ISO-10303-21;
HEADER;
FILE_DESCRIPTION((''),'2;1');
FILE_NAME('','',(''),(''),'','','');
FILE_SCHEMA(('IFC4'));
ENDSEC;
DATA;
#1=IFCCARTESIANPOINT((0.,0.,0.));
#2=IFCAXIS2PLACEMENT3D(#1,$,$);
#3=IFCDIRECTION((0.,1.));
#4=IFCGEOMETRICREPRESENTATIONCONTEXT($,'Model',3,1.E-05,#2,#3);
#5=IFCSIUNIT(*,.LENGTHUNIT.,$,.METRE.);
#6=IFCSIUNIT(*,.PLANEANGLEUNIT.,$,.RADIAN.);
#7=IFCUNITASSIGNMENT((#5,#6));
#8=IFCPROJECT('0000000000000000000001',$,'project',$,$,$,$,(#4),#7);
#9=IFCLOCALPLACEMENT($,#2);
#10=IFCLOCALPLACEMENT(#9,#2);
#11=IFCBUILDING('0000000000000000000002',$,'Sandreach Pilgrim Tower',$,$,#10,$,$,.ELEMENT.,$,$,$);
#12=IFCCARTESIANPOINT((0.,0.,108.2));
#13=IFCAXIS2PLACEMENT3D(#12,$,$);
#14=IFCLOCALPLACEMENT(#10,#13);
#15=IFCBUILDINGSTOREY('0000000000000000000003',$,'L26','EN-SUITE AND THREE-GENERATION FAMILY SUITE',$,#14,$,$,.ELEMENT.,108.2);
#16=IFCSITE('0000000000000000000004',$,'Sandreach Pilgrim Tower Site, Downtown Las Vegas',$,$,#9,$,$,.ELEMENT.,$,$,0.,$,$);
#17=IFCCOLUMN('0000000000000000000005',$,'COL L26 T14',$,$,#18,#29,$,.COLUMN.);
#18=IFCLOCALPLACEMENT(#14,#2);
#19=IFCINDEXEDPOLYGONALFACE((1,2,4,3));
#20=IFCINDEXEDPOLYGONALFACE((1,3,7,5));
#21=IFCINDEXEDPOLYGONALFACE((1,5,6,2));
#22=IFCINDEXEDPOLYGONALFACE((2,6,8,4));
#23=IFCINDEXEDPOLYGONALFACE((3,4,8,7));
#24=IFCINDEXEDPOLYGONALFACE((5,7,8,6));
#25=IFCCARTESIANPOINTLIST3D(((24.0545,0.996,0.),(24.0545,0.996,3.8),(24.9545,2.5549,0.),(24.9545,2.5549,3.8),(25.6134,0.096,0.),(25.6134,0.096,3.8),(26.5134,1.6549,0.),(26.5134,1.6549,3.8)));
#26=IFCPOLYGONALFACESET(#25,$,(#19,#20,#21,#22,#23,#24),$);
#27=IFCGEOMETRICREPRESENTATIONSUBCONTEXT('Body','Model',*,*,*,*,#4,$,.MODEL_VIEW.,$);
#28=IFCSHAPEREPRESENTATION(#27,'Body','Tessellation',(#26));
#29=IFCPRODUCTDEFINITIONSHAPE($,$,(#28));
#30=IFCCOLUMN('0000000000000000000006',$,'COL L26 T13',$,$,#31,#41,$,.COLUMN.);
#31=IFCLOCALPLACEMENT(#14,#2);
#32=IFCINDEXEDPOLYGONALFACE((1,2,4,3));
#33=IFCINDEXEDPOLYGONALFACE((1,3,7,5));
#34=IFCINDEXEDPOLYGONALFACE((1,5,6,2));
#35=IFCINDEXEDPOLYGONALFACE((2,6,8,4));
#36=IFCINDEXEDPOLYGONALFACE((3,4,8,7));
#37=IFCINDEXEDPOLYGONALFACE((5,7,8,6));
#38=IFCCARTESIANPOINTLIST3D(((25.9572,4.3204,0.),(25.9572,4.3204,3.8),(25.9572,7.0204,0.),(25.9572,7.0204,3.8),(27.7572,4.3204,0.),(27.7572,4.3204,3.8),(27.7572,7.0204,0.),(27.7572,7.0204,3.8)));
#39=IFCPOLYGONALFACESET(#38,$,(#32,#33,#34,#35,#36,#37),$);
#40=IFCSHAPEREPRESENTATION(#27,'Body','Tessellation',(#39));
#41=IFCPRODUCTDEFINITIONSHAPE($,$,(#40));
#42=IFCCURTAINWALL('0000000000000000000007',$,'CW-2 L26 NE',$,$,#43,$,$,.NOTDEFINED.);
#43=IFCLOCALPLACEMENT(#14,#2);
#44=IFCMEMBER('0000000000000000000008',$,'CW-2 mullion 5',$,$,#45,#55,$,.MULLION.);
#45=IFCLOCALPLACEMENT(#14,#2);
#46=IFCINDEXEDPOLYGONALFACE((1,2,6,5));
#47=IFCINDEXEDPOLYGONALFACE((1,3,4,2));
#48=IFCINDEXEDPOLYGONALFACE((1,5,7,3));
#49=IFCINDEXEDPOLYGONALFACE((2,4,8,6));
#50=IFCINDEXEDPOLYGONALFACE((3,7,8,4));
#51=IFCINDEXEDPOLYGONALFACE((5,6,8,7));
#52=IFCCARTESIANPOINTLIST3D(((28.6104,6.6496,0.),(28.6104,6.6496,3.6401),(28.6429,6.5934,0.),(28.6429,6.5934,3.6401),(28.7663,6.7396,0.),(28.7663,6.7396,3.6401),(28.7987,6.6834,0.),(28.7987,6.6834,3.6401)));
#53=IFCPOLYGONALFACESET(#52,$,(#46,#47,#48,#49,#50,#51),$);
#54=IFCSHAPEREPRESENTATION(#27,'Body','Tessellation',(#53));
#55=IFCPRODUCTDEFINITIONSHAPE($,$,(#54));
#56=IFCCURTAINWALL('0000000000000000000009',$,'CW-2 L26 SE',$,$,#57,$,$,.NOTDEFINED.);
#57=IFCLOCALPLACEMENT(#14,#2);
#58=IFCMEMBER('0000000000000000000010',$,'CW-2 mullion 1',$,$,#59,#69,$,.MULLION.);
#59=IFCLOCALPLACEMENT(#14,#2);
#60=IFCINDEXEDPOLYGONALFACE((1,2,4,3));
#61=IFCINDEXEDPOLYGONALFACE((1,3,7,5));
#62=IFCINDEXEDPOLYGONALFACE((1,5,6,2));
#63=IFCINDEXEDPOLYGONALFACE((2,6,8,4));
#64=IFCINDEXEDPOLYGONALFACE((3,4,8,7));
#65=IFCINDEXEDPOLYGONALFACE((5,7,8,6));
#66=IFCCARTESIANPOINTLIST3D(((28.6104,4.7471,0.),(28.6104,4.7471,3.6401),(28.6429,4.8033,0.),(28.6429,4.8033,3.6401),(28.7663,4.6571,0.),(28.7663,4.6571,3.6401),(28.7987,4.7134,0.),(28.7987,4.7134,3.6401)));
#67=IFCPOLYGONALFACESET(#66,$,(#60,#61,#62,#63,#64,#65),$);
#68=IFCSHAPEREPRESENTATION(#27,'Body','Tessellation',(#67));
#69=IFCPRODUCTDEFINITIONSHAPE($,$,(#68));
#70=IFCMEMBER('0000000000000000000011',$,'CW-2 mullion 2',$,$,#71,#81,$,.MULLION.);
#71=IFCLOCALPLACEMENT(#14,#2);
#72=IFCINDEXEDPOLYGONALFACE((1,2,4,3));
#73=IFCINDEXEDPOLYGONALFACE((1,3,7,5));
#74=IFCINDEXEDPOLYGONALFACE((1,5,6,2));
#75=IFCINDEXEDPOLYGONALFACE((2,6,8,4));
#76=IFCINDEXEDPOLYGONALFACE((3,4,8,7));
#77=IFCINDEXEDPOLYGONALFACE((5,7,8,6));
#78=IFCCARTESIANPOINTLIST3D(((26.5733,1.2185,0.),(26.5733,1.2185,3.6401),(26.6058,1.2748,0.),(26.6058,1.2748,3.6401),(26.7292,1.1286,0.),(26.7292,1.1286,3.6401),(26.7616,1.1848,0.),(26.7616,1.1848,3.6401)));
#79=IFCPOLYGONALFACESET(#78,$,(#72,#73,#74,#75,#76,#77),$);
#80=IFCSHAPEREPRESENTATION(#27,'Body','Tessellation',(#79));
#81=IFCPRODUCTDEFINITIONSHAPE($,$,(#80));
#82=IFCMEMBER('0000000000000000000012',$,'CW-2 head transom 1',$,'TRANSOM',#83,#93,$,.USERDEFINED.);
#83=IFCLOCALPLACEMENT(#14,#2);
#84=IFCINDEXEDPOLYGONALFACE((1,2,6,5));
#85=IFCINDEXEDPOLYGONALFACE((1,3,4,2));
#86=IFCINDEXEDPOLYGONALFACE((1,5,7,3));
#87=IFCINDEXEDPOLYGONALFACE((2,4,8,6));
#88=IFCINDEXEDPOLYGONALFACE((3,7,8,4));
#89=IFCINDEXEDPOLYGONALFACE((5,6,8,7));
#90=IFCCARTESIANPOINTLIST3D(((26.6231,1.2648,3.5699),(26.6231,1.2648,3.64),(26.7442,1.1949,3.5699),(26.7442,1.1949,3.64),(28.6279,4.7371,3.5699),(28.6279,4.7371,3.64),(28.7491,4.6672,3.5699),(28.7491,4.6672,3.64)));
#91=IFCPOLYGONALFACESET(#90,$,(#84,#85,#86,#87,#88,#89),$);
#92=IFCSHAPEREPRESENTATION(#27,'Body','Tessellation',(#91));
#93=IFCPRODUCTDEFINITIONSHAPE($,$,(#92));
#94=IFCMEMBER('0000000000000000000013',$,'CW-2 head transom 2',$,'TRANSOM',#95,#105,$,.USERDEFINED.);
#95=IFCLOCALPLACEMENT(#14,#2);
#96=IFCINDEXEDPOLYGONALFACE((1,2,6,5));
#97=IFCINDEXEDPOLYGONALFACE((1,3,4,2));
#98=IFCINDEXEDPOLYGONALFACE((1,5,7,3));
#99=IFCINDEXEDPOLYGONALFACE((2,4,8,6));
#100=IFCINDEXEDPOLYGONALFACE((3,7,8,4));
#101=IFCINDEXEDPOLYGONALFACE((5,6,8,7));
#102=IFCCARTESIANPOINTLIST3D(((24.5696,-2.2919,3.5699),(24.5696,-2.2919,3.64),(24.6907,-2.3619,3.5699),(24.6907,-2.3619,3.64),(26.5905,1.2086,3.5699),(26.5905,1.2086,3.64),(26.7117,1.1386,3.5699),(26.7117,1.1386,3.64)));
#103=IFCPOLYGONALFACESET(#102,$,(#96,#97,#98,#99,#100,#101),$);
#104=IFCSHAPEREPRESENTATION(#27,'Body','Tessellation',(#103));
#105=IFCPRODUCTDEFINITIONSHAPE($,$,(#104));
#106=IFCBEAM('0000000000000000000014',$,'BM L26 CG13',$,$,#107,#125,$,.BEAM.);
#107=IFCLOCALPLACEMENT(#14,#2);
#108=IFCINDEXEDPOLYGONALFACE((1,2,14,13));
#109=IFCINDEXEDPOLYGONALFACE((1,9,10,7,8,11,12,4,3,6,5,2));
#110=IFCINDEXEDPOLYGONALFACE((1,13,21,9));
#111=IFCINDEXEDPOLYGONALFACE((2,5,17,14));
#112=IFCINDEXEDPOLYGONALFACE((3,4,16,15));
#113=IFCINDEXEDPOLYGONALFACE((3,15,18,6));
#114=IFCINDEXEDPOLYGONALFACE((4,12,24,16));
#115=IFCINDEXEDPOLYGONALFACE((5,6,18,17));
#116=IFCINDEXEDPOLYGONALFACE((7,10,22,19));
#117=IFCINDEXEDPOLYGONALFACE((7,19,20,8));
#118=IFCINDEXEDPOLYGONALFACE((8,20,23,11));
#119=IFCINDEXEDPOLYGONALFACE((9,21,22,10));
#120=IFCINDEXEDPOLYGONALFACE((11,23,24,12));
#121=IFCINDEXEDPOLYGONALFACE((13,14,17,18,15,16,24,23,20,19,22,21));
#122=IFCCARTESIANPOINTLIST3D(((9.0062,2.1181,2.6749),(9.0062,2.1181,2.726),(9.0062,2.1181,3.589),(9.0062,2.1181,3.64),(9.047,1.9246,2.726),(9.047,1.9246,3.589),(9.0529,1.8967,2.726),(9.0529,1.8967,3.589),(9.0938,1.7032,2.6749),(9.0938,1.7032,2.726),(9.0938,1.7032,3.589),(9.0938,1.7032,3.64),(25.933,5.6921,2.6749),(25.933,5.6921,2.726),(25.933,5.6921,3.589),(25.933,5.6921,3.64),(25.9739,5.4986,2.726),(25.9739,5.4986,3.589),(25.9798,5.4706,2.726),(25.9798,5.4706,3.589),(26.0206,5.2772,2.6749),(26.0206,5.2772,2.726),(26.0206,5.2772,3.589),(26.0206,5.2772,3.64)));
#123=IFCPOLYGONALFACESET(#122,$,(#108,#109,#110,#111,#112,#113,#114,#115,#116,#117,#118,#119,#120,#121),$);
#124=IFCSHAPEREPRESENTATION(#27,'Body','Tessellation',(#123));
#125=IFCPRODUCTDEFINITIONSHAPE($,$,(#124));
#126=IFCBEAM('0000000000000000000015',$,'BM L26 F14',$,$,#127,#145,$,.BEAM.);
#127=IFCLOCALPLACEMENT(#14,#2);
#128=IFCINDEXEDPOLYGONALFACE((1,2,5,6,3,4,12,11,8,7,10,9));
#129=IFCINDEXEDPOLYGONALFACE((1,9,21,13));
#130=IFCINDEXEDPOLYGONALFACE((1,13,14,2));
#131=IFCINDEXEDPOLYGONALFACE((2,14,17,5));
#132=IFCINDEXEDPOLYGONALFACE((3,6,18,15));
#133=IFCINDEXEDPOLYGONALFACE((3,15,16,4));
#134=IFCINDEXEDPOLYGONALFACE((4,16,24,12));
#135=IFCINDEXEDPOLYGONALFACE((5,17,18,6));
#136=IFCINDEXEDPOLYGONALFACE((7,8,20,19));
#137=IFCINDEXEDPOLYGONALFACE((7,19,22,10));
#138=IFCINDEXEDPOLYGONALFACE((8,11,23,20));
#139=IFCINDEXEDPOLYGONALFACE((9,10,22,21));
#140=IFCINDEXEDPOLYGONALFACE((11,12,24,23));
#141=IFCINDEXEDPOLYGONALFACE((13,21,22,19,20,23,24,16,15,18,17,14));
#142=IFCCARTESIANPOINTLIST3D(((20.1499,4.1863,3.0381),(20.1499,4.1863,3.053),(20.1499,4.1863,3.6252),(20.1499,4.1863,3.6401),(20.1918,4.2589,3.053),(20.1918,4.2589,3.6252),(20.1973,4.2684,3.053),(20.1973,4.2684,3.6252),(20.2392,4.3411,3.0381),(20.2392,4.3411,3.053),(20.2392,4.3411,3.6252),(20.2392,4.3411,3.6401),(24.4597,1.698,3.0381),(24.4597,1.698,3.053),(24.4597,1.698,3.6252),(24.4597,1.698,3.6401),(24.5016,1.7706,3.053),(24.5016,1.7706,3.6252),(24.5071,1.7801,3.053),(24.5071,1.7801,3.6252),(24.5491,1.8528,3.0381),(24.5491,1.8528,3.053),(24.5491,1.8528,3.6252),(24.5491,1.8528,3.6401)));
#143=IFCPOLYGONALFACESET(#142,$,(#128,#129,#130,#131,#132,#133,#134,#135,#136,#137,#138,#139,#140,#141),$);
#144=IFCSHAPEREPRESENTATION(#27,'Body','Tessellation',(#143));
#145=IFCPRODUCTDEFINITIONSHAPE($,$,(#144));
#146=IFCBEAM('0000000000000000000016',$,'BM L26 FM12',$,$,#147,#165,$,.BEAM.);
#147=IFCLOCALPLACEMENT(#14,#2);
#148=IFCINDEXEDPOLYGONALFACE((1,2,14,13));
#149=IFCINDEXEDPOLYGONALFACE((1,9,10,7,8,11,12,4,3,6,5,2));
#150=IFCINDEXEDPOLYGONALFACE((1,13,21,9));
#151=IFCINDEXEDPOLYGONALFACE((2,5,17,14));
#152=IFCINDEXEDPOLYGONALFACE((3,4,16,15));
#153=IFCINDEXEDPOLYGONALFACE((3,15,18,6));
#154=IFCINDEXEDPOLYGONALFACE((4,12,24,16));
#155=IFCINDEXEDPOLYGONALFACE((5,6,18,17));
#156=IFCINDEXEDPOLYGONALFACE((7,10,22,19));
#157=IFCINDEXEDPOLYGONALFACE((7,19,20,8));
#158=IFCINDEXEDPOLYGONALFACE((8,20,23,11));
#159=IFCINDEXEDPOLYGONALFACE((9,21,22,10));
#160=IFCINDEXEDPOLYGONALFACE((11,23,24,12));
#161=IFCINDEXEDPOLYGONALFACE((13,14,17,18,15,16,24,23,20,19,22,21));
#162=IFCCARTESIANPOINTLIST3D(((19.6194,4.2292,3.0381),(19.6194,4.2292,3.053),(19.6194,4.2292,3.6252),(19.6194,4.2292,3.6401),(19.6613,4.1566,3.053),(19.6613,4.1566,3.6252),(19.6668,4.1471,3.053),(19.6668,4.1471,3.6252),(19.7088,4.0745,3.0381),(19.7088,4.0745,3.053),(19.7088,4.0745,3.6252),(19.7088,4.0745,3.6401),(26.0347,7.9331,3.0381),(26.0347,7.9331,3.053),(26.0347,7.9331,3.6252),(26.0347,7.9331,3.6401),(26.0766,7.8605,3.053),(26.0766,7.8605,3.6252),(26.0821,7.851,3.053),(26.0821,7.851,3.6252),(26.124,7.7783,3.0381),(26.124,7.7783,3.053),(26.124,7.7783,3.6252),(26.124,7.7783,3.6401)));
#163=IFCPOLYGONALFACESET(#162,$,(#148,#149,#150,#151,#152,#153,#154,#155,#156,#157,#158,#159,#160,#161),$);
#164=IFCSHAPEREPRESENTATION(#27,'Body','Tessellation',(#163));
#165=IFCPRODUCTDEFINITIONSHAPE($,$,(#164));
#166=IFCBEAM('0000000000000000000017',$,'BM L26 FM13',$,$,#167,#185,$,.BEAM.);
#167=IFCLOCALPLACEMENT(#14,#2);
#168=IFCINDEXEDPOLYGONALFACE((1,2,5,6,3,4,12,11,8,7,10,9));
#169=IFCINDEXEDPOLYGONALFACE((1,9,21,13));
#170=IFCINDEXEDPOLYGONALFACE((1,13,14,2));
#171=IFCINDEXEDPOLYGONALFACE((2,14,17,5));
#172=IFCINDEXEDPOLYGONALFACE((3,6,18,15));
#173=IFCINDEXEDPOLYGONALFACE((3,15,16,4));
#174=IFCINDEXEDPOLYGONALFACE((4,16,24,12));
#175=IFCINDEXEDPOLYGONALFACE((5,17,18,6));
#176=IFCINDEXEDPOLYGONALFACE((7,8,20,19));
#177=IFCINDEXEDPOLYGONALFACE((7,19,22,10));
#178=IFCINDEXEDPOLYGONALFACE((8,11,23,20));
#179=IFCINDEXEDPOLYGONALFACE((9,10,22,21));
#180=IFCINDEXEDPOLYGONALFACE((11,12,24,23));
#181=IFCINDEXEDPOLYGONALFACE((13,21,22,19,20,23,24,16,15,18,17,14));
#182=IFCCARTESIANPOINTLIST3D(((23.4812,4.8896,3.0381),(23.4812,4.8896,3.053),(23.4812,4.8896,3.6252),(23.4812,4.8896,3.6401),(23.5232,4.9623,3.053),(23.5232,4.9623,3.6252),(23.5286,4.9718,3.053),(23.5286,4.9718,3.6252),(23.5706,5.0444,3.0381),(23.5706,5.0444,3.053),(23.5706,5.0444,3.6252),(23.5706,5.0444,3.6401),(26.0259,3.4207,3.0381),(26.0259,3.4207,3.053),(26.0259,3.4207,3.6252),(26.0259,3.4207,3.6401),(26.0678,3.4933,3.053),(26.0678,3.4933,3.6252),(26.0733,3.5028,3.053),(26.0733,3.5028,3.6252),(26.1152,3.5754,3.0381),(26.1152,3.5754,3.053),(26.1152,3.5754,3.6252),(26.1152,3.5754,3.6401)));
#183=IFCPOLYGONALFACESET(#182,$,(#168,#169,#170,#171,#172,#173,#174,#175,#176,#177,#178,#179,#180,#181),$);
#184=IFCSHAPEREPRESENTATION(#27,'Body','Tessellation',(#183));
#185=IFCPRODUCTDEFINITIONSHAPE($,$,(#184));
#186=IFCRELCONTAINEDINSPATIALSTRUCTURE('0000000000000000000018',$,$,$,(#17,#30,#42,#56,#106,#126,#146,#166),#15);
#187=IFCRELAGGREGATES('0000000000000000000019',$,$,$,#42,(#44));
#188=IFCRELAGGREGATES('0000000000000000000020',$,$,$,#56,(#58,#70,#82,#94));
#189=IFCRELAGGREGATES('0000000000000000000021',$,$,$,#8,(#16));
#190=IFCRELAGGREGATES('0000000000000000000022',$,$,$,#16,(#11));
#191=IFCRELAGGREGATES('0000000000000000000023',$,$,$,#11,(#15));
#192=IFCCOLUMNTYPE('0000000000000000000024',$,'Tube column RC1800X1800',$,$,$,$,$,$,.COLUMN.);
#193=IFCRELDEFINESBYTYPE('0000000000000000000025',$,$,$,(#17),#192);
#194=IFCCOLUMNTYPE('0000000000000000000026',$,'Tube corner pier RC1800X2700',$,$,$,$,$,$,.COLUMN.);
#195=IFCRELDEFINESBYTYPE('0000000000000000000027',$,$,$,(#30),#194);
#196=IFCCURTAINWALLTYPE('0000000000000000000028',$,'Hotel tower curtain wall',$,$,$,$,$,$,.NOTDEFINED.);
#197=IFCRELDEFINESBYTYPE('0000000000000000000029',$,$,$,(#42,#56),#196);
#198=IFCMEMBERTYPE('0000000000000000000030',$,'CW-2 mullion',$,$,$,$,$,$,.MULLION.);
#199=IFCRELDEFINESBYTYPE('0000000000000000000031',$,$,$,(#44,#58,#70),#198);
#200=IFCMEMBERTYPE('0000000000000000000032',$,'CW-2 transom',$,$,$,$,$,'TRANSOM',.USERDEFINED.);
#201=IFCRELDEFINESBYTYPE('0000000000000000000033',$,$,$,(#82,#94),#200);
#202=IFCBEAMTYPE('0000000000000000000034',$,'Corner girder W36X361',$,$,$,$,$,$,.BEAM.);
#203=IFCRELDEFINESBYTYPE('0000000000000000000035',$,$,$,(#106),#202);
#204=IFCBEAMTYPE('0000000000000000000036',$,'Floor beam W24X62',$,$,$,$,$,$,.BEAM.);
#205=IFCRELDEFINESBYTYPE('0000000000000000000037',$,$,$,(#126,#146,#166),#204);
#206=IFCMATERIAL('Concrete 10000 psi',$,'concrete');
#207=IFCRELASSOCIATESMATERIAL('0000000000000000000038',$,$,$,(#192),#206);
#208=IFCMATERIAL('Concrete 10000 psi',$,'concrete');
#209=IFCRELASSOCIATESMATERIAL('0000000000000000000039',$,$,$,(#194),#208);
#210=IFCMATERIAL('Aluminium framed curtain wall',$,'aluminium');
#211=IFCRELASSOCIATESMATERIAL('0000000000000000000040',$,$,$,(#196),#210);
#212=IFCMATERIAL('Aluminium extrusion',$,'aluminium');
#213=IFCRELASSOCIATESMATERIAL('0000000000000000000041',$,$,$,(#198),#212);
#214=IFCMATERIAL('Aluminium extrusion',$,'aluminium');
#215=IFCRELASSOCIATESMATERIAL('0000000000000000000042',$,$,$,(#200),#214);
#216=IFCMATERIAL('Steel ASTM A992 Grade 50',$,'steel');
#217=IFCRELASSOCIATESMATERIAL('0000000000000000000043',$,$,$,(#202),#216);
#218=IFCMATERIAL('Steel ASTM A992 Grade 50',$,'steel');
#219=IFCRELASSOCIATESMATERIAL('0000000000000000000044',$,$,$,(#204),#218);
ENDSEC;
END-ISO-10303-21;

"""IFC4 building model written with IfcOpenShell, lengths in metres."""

from ifc_helpers import new_model, si_unit, direction, frame, origin, origin_2d, place, context, subcontext, project, spatial, rectangle, i_section, extrude, material, material_profile, profile_set, type_object, element, aggregate, save


model = new_model("IFC4")

# Units and contexts
model_context = context("Model", 3, precision=1e-05, world=origin(), true_north=direction((0.0, 1.0)))
body_context = subcontext(model_context, "Body", "Model", "MODEL_VIEW")
ifc_project = project(units=[si_unit("LENGTHUNIT", "METRE"), si_unit("PLANEANGLEUNIT", "RADIAN")], contexts=[model_context])

# Site, building, storey
site_placement = place(None, origin())
site = spatial("IfcSite", under=ifc_project, at=site_placement, Name="Sandreach Pilgrim Tower Site, Downtown Las Vegas", CompositionType="ELEMENT", RefElevation=0.0)
building_placement = place(site_placement, origin())
building = spatial("IfcBuilding", under=site, at=building_placement, Name="Sandreach Pilgrim Tower", CompositionType="ELEMENT")
storey_placement = place(building_placement, frame((0.0, 0.0, 108.2)))
storey = spatial("IfcBuildingStorey", under=building, at=storey_placement, Name="L26", Description="EN-SUITE AND THREE-GENERATION FAMILY SUITE", CompositionType="ELEMENT", Elevation=108.2)

# Columns
ifc_material_1 = material(Name="Concrete 10000 psi", Category="concrete")
ifc_material_profile_1 = material_profile(ifc_material_1, rectangle(XDim=1.8, YDim=1.8, at=origin_2d()), Name="RC1800X1800")
ifc_profile_set_1 = profile_set([ifc_material_profile_1], Name="Concrete 10000 psi")
column_type_1 = type_object("IfcColumnType", Name="Tube column RC1800X1800", PredefinedType="COLUMN", material=ifc_profile_set_1)
column_1_placement = place(storey_placement, frame((25.2839, 1.3254, 0.0), z_axis=(0.0, 0.0, 1.0), x_axis=(0.866025, -0.5, 0.0)))
element("IfcColumn", 1, at=column_1_placement, inside=storey, type_object=column_type_1, Name="COL L26 T14", PredefinedType="COLUMN", context=body_context, shape_type="SweptSolid", body=[
    extrude(rectangle(XDim=1.8, YDim=1.8, at=origin_2d()), origin(), (0.0, 0.0, 1.0), 3.8),
])
ifc_material_2 = material(Name="Concrete 10000 psi", Category="concrete")
ifc_material_profile_2 = material_profile(ifc_material_2, rectangle(XDim=1.8, YDim=2.7, at=origin_2d()), Name="RC1800X2700")
ifc_profile_set_2 = profile_set([ifc_material_profile_2], Name="Concrete 10000 psi")
column_type_2 = type_object("IfcColumnType", Name="Tube corner pier RC1800X2700", PredefinedType="COLUMN", material=ifc_profile_set_2)
column_2_placement = place(storey_placement, frame((26.8572, 5.6704, 0.0), z_axis=(0.0, 0.0, 1.0), x_axis=(1.0, 0.0, 0.0)))
element("IfcColumn", 2, at=column_2_placement, inside=storey, type_object=column_type_2, Name="COL L26 T13", PredefinedType="COLUMN", context=body_context, shape_type="SweptSolid", body=[
    extrude(rectangle(XDim=1.8, YDim=2.7, at=origin_2d()), origin(), (0.0, 0.0, 1.0), 3.8),
])

# Curtain wall, member
ifc_material_3 = material(Name="Aluminium framed curtain wall", Category="aluminium")
curtain_wall_type = type_object("IfcCurtainWallType", Name="Hotel tower curtain wall", PredefinedType="NOTDEFINED", material=ifc_material_3)
curtain_wall_1_placement = place(storey_placement, origin())
curtain_wall_1 = element("IfcCurtainWall", 3, at=curtain_wall_1_placement, inside=storey, type_object=curtain_wall_type, Name="CW-2 L26 NE", PredefinedType="NOTDEFINED")
ifc_material_4 = material(Name="Aluminium extrusion", Category="aluminium")
ifc_material_profile_3 = material_profile(ifc_material_4, rectangle(XDim=0.0649, YDim=0.1799, at=origin_2d()), Name="CW-2M 65X180")
ifc_profile_set_3 = profile_set([ifc_material_profile_3], Name="Aluminium extrusion")
member_type_1 = type_object("IfcMemberType", Name="CW-2 mullion", PredefinedType="MULLION", material=ifc_profile_set_3)
member_1_placement = place(storey_placement, frame((28.7046, 6.6665, 0.0), z_axis=(0.0, 0.0, 1.0), x_axis=(0.5, -0.866025, 0.0)))
member_1 = element("IfcMember", 4, at=member_1_placement, type_object=member_type_1, Name="CW-2 mullion 5", PredefinedType="MULLION", context=body_context, shape_type="SweptSolid", body=[
    extrude(rectangle(XDim=0.0649, YDim=0.1799, at=origin_2d()), origin(), (0.0, 0.0, 1.0), 3.6401),
])

# Curtain wall, members
curtain_wall_2_placement = place(storey_placement, origin())
curtain_wall_2 = element("IfcCurtainWall", 5, at=curtain_wall_2_placement, inside=storey, type_object=curtain_wall_type, Name="CW-2 L26 SE", PredefinedType="NOTDEFINED")
member_2_placement = place(storey_placement, frame((28.7046, 4.7302, 0.0), z_axis=(0.0, 0.0, 1.0), x_axis=(-0.5, -0.866025, 0.0)))
member_2 = element("IfcMember", 6, at=member_2_placement, type_object=member_type_1, Name="CW-2 mullion 1", PredefinedType="MULLION", context=body_context, shape_type="SweptSolid", body=[
    extrude(rectangle(XDim=0.0649, YDim=0.1799, at=origin_2d()), origin(), (0.0, 0.0, 1.0), 3.6401),
])
member_3_placement = place(storey_placement, frame((26.6675, 1.2017, 0.0), z_axis=(0.0, 0.0, 1.0), x_axis=(-0.5, -0.866025, 0.0)))
member_3 = element("IfcMember", 7, at=member_3_placement, type_object=member_type_1, Name="CW-2 mullion 2", PredefinedType="MULLION", context=body_context, shape_type="SweptSolid", body=[
    extrude(rectangle(XDim=0.0649, YDim=0.1799, at=origin_2d()), origin(), (0.0, 0.0, 1.0), 3.6401),
])
ifc_material_5 = material(Name="Aluminium extrusion", Category="aluminium")
ifc_material_profile_4 = material_profile(ifc_material_5, rectangle(XDim=0.1399, YDim=0.0701, at=origin_2d()), Name="CW-2T 140X70")
ifc_profile_set_4 = profile_set([ifc_material_profile_4], Name="Aluminium extrusion")
member_type_2 = type_object("IfcMemberType", Name="CW-2 transom", ElementType="TRANSOM", PredefinedType="USERDEFINED", material=ifc_profile_set_4)
member_4_placement = place(storey_placement, frame((28.6885, 4.7021, 3.605), z_axis=(-0.500016, -0.866016, 0.0), x_axis=(0.866016, -0.500016, 0.0)))
member_4 = element("IfcMember", 8, at=member_4_placement, type_object=member_type_2, Name="CW-2 head transom 1", ObjectType="TRANSOM", PredefinedType="USERDEFINED", context=body_context, shape_type="SweptSolid", body=[
    extrude(rectangle(XDim=0.1399, YDim=0.0701, at=origin_2d()), origin(), (0.0, 0.0, 1.0), 4.0095),
])
member_5_placement = place(storey_placement, frame((26.6511, 1.1736, 3.605), z_axis=(-0.499998, -0.866027, 0.0), x_axis=(0.866027, -0.499998, 0.0)))
member_5 = element("IfcMember", 9, at=member_5_placement, type_object=member_type_2, Name="CW-2 head transom 2", ObjectType="TRANSOM", PredefinedType="USERDEFINED", context=body_context, shape_type="SweptSolid", body=[
    extrude(rectangle(XDim=0.1399, YDim=0.0701, at=origin_2d()), origin(), (0.0, 0.0, 1.0), 4.042),
])

# Beams
ifc_material_6 = material(Name="Steel ASTM A992 Grade 50", Category="steel")
ifc_material_profile_5 = material_profile(ifc_material_6, i_section(OverallWidth=0.4241, OverallDepth=0.9651, WebThickness=0.0286, FlangeThickness=0.051, at=origin_2d()), Name="W36X361")
ifc_profile_set_5 = profile_set([ifc_material_profile_5], Name="Steel ASTM A992 Grade 50")
beam_type_1 = type_object("IfcBeamType", Name="Corner girder W36X361", PredefinedType="BEAM", material=ifc_profile_set_5)
beam_1_placement = place(storey_placement, frame((25.9768, 5.4846, 3.1575), z_axis=(-0.978428, -0.206589, 0.0), x_axis=(0.206589, -0.978428, 0.0)))
element("IfcBeam", 10, at=beam_1_placement, inside=storey, type_object=beam_type_1, Name="BM L26 CG13", PredefinedType="BEAM", context=body_context, shape_type="SweptSolid", body=[
    extrude(i_section(OverallWidth=0.4241, OverallDepth=0.9651, WebThickness=0.0286, FlangeThickness=0.051, at=origin_2d()), origin(), (0.0, 0.0, 1.0), 17.3),
])
ifc_material_7 = material(Name="Steel ASTM A992 Grade 50", Category="steel")
ifc_material_profile_6 = material_profile(ifc_material_7, i_section(OverallWidth=0.1787, OverallDepth=0.6021, WebThickness=0.011, FlangeThickness=0.0149, at=origin_2d()), Name="W24X62")
ifc_profile_set_6 = profile_set([ifc_material_profile_6], Name="Steel ASTM A992 Grade 50")
beam_type_2 = type_object("IfcBeamType", Name="Floor beam W24X62", PredefinedType="BEAM", material=ifc_profile_set_6)
beam_2_placement = place(storey_placement, frame((24.5044, 1.7754, 3.3391), z_axis=(-0.866025, 0.500001, 0.0), x_axis=(-0.500001, -0.866025, 0.0)))
element("IfcBeam", 11, at=beam_2_placement, inside=storey, type_object=beam_type_2, Name="BM L26 F14", PredefinedType="BEAM", context=body_context, shape_type="SweptSolid", body=[
    extrude(i_section(OverallWidth=0.1787, OverallDepth=0.6021, WebThickness=0.011, FlangeThickness=0.0149, at=origin_2d()), origin(), (0.0, 0.0, 1.0), 4.9766),
])
beam_3_placement = place(storey_placement, frame((26.0793, 7.8557, 3.3391), z_axis=(-0.866026, -0.499999, 0.0), x_axis=(0.499999, -0.866026, 0.0)))
element("IfcBeam", 12, at=beam_3_placement, inside=storey, type_object=beam_type_2, Name="BM L26 FM12", PredefinedType="BEAM", context=body_context, shape_type="SweptSolid", body=[
    extrude(i_section(OverallWidth=0.1787, OverallDepth=0.6021, WebThickness=0.011, FlangeThickness=0.0149, at=origin_2d()), origin(), (0.0, 0.0, 1.0), 7.4077),
])
beam_4_placement = place(storey_placement, frame((26.0706, 3.498, 3.3391), z_axis=(-0.866051, 0.499955, 0.0), x_axis=(-0.499955, -0.866051, 0.0)))
element("IfcBeam", 13, at=beam_4_placement, inside=storey, type_object=beam_type_2, Name="BM L26 FM13", PredefinedType="BEAM", context=body_context, shape_type="SweptSolid", body=[
    extrude(i_section(OverallWidth=0.1787, OverallDepth=0.6021, WebThickness=0.011, FlangeThickness=0.0149, at=origin_2d()), origin(), (0.0, 0.0, 1.0), 2.9382),
])

aggregate(curtain_wall_1, [member_1])
aggregate(curtain_wall_2, [member_2, member_3, member_4, member_5])

save(model, "model.ifc")
